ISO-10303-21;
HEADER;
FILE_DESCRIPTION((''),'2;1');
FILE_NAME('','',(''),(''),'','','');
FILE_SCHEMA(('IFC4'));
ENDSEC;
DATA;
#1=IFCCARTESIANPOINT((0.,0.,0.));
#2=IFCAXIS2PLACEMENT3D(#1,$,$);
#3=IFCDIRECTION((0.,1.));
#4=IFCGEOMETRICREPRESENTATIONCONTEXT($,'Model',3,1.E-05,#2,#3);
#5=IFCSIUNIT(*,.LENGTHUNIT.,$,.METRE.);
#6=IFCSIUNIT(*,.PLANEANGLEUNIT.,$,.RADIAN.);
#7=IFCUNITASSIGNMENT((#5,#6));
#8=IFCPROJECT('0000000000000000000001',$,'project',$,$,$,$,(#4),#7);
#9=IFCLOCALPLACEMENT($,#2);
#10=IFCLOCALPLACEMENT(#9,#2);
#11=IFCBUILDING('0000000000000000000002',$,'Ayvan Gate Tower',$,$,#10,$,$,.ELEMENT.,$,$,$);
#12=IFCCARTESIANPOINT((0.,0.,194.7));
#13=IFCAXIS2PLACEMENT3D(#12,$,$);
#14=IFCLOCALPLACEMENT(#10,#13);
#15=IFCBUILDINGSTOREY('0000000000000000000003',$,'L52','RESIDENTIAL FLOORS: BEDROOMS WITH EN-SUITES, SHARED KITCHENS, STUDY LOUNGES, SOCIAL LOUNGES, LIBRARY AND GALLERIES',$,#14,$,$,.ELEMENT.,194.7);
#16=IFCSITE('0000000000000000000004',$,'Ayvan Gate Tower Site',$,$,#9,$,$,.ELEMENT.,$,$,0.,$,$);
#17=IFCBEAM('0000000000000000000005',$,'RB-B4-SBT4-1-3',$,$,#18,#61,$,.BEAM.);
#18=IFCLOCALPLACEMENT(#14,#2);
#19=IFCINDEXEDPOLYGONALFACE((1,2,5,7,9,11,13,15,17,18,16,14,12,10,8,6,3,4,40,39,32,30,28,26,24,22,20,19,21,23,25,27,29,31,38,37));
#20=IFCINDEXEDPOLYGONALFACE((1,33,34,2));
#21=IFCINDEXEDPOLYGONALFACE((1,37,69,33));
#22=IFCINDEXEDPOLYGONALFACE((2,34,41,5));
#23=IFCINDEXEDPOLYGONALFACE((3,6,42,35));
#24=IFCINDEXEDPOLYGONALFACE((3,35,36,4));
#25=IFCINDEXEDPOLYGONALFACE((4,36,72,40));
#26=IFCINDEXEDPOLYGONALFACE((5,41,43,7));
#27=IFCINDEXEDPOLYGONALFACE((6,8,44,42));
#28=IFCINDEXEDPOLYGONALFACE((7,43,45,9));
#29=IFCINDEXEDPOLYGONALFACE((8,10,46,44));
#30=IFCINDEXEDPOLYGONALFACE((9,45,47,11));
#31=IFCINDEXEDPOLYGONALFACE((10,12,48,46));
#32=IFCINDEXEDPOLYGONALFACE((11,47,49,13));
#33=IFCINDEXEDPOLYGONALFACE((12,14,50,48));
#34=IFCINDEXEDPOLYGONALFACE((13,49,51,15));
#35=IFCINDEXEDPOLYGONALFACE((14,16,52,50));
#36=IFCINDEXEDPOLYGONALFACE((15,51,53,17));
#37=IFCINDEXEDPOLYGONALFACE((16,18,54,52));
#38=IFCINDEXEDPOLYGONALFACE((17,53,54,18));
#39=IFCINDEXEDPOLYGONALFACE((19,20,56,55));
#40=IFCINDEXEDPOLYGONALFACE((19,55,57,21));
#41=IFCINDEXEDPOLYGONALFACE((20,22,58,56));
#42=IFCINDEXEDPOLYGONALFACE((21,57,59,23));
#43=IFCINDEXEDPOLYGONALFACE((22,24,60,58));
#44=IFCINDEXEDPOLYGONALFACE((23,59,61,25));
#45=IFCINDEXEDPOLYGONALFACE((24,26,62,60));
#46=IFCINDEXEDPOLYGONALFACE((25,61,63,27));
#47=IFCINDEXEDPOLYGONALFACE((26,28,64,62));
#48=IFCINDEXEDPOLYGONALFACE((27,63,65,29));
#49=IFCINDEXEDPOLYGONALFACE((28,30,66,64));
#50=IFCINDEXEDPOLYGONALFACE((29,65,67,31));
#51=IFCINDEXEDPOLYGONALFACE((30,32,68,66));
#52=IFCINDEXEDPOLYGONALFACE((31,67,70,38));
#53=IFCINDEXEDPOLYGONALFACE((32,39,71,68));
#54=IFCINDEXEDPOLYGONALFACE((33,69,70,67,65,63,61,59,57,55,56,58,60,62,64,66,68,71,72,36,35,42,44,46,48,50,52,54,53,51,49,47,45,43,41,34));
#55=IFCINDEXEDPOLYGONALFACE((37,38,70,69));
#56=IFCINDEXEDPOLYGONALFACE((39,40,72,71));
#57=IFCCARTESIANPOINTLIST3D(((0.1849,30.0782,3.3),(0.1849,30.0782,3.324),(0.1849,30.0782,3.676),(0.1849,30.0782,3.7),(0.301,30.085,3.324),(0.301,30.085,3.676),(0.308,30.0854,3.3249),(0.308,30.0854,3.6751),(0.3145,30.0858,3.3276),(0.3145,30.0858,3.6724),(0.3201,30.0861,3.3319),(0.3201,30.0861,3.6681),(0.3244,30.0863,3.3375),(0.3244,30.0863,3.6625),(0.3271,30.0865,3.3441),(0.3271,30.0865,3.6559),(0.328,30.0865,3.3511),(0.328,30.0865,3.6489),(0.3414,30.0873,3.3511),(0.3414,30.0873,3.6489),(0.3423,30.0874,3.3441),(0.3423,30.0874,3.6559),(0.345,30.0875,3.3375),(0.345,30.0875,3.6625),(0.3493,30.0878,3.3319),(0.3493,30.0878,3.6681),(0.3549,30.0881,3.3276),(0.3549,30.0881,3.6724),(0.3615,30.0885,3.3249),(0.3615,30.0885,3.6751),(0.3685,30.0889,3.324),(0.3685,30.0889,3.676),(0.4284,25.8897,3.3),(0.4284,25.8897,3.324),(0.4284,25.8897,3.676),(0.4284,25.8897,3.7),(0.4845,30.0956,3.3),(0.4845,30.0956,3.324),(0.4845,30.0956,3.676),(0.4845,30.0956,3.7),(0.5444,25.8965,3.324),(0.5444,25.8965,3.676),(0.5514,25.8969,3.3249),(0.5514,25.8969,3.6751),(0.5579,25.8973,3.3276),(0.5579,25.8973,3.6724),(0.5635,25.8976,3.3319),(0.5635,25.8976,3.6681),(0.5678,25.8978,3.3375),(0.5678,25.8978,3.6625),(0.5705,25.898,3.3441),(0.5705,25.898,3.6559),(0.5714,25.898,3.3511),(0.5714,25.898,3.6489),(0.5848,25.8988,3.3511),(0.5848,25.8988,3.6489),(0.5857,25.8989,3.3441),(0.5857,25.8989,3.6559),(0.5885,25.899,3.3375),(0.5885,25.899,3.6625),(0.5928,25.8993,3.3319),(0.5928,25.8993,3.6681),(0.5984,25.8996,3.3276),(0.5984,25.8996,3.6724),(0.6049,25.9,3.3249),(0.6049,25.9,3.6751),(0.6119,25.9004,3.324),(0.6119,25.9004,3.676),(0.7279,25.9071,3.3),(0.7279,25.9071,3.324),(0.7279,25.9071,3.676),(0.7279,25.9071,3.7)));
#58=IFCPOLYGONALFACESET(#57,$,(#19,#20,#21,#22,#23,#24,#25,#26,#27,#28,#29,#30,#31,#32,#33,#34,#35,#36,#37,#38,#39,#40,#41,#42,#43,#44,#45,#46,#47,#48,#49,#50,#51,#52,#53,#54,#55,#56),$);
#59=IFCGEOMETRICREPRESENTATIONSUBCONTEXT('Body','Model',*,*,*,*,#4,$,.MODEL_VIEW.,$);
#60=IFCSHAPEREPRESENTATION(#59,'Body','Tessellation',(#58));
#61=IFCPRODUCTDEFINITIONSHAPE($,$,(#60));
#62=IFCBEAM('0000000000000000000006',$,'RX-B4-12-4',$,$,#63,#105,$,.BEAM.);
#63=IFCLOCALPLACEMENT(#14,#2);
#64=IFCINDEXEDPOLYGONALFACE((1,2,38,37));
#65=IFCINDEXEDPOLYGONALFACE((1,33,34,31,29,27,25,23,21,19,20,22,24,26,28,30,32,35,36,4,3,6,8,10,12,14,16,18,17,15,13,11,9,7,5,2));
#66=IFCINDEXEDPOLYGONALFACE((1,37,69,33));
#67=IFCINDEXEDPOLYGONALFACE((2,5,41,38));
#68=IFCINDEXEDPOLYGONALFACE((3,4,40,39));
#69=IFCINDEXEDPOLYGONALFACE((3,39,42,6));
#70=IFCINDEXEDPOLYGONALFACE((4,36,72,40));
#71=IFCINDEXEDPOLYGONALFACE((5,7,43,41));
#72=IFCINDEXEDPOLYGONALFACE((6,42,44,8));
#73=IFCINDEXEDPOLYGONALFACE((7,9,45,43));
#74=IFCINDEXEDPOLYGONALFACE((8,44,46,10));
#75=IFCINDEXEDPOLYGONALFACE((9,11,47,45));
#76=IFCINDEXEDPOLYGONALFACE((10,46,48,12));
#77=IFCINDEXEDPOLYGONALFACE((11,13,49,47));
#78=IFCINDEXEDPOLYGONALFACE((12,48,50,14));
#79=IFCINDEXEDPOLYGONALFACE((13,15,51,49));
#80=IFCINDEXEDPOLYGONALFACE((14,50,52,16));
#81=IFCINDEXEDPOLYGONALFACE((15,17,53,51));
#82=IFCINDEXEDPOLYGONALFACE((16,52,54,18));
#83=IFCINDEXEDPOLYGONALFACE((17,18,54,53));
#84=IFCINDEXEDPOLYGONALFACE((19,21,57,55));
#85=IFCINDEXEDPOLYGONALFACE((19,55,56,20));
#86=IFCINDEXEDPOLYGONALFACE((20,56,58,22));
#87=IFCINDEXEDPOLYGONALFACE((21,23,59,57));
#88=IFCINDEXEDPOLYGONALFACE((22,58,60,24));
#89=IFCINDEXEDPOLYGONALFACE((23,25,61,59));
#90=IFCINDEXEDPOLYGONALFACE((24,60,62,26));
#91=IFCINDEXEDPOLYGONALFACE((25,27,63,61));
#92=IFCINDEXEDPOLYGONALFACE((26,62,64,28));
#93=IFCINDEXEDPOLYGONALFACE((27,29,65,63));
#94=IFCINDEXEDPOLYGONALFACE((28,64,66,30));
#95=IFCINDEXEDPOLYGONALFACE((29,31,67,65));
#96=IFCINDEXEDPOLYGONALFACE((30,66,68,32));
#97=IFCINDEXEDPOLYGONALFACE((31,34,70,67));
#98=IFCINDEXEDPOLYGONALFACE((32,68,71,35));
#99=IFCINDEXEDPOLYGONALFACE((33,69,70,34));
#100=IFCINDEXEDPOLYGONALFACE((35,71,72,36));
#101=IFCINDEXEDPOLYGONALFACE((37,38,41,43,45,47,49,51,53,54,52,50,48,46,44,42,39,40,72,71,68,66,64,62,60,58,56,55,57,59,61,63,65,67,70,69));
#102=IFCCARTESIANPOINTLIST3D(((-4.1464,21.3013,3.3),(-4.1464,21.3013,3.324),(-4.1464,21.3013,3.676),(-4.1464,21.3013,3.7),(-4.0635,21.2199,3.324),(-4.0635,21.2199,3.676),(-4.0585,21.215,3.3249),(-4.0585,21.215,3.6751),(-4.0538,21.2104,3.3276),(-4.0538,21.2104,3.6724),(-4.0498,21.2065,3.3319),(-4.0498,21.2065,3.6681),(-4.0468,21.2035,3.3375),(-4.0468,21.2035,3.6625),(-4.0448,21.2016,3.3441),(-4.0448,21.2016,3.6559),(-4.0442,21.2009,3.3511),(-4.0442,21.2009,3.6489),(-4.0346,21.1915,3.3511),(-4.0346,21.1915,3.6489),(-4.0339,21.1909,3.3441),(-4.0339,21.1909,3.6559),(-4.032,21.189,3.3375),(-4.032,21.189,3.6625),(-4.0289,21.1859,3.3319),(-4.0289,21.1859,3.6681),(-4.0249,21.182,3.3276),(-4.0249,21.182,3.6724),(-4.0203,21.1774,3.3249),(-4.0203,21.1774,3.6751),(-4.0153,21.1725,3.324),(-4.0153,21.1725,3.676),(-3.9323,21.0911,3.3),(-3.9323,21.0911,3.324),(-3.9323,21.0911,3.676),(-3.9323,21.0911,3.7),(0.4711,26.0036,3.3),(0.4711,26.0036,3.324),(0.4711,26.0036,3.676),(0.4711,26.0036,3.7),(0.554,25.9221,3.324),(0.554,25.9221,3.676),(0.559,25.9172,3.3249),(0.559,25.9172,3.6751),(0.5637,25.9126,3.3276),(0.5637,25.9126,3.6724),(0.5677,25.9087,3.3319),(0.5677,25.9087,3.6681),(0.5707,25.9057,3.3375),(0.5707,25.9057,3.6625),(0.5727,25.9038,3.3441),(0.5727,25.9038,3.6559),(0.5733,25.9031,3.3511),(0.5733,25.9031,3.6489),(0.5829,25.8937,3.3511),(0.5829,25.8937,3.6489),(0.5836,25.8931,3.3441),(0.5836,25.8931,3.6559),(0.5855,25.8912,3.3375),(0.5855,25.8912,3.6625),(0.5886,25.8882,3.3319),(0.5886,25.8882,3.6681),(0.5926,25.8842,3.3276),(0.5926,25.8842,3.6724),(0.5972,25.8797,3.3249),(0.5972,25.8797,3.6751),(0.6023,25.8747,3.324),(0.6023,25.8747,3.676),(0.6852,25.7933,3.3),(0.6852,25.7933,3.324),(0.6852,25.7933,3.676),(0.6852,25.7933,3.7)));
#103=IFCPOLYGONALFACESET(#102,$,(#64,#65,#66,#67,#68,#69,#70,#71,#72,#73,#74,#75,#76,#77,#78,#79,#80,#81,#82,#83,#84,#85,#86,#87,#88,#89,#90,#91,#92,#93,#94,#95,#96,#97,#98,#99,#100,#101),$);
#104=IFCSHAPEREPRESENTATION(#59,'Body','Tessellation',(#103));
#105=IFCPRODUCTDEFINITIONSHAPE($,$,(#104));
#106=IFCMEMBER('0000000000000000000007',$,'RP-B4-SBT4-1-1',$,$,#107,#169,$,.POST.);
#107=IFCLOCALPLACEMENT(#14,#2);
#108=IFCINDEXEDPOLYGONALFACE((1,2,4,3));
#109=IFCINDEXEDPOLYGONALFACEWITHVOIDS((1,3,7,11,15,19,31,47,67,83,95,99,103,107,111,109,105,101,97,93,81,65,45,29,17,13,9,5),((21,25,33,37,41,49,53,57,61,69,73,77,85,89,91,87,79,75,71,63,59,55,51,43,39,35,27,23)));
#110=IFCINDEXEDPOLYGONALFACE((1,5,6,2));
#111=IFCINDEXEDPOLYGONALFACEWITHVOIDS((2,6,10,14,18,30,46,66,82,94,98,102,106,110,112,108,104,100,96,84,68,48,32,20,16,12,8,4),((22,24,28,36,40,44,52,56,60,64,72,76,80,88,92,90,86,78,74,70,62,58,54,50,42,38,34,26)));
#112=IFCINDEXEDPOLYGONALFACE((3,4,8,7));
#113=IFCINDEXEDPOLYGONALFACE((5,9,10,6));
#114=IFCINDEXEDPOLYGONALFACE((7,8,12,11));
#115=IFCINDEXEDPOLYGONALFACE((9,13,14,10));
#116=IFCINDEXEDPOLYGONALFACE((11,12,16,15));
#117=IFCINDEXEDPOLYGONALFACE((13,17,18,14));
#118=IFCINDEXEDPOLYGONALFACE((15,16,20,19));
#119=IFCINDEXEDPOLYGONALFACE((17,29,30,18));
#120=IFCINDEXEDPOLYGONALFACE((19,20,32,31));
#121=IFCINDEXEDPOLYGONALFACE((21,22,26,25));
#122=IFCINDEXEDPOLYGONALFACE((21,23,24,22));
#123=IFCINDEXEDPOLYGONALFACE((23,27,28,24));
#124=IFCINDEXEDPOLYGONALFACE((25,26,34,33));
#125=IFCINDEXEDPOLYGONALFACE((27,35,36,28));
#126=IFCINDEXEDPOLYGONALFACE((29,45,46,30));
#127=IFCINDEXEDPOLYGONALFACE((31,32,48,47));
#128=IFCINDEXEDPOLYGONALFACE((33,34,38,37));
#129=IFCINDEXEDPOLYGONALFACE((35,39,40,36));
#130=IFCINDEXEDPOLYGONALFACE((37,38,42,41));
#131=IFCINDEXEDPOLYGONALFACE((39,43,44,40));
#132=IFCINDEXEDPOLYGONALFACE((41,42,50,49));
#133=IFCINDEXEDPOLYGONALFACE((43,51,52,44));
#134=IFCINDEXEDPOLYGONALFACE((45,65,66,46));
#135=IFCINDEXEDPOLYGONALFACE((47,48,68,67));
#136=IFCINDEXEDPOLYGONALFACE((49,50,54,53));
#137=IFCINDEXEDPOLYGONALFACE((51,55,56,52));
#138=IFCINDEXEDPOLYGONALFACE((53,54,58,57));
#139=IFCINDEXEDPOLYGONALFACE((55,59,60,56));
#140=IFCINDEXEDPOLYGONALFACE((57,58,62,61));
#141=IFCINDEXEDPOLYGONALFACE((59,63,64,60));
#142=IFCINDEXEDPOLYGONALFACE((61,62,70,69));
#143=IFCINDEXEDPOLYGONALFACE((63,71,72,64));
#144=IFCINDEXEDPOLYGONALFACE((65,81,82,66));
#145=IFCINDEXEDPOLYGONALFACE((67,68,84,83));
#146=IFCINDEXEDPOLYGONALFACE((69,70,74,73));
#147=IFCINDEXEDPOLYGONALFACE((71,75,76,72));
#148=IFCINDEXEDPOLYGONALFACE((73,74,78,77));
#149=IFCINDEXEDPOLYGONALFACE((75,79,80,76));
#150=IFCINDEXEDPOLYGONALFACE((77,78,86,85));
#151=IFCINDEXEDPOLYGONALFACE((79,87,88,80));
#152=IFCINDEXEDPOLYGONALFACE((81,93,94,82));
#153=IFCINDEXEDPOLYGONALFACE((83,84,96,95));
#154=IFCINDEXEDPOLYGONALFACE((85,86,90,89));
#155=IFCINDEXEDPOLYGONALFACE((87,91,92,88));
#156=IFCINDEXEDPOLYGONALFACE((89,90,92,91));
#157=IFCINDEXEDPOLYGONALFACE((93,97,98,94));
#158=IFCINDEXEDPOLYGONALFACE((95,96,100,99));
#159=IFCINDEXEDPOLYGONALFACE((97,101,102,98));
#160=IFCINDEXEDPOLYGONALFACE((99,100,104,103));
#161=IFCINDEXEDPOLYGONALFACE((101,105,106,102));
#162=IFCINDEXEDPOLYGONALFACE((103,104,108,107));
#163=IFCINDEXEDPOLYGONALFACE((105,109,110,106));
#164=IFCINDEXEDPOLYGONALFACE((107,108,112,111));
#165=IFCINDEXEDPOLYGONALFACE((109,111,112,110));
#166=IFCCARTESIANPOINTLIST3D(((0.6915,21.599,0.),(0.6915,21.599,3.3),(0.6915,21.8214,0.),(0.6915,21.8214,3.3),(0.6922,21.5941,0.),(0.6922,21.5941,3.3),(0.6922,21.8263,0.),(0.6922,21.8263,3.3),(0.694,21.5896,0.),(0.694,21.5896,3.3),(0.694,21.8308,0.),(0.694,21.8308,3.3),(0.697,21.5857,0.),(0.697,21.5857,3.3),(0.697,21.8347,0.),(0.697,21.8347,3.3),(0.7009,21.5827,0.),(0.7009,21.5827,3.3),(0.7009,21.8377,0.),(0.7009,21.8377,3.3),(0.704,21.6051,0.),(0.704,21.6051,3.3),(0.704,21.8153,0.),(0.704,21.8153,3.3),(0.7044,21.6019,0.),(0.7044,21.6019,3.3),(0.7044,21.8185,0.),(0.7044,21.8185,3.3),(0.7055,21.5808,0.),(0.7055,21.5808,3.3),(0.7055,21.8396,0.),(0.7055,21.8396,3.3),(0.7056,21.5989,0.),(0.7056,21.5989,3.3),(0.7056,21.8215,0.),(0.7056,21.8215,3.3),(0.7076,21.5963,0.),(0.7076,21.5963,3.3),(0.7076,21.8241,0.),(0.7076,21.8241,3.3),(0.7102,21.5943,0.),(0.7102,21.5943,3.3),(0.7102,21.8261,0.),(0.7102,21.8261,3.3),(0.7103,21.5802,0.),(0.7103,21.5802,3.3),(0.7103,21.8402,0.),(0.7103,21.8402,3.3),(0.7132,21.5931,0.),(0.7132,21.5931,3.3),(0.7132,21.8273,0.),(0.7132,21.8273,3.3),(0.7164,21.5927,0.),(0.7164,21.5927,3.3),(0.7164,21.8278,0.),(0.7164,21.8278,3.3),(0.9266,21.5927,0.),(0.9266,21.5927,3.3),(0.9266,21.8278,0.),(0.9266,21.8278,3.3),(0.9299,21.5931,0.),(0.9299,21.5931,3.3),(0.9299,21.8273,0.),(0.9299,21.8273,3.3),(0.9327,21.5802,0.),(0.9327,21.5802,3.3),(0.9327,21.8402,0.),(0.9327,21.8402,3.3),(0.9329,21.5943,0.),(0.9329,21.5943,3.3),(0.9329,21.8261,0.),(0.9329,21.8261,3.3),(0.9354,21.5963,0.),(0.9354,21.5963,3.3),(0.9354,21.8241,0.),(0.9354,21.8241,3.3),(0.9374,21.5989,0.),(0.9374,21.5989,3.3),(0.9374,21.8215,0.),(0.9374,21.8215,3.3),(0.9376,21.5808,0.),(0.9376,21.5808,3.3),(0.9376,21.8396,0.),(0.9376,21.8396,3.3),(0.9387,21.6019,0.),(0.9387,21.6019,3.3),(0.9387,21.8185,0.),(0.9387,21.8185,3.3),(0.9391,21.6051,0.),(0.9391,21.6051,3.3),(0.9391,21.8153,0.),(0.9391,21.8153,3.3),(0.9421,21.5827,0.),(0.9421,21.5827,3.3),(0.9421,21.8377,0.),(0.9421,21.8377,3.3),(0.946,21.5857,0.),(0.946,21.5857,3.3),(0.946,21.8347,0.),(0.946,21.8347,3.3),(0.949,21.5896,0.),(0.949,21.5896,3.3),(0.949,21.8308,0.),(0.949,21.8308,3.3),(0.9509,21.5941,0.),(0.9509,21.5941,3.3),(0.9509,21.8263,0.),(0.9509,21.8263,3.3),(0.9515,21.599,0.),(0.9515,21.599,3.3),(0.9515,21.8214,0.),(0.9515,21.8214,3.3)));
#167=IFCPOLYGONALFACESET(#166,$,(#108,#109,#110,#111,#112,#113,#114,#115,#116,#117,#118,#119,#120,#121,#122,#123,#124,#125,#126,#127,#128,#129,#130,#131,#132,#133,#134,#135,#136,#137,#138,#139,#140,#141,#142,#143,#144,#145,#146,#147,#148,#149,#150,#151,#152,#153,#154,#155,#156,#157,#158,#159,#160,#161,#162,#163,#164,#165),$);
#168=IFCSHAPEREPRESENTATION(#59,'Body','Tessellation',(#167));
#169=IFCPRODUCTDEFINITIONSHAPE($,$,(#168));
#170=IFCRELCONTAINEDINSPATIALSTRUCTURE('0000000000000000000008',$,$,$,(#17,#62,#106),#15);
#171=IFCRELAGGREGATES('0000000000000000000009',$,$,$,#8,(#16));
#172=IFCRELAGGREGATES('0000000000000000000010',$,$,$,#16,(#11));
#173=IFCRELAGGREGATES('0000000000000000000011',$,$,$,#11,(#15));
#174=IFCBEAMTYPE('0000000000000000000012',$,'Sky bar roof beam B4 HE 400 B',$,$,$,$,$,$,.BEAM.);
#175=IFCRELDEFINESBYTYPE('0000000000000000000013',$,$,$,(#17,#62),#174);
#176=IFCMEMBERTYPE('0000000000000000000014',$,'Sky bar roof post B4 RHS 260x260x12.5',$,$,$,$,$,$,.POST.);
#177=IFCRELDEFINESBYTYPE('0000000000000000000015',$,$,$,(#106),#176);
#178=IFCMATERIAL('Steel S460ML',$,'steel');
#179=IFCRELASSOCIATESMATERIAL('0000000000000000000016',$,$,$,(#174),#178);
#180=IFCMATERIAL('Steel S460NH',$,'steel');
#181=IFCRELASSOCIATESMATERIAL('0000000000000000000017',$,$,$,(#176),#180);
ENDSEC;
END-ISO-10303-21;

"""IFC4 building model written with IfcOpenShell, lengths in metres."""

from ifc_helpers import new_model, si_unit, direction, frame, origin, origin_2d, place, context, subcontext, project, spatial, hollow_rectangle, i_section, extrude, material, material_profile, profile_set, type_object, element, save


model = new_model("IFC4")

# Units and contexts
model_context = context("Model", 3, precision=1e-05, world=origin(), true_north=direction((0.0, 1.0)))
body_context = subcontext(model_context, "Body", "Model", "MODEL_VIEW")
ifc_project = project(units=[si_unit("LENGTHUNIT", "METRE"), si_unit("PLANEANGLEUNIT", "RADIAN")], contexts=[model_context])

# Site, building, storey
site_placement = place(None, origin())
site = spatial("IfcSite", under=ifc_project, at=site_placement, Name="Ayvan Gate Tower Site", CompositionType="ELEMENT", RefElevation=0.0)
building_placement = place(site_placement, origin())
building = spatial("IfcBuilding", under=site, at=building_placement, Name="Ayvan Gate Tower", CompositionType="ELEMENT")
storey_placement = place(building_placement, frame((0.0, 0.0, 194.7)))
storey = spatial("IfcBuildingStorey", under=building, at=storey_placement, Name="L52", Description="RESIDENTIAL FLOORS: BEDROOMS WITH EN-SUITES, SHARED KITCHENS, STUDY LOUNGES, SOCIAL LOUNGES, LIBRARY AND GALLERIES", CompositionType="ELEMENT", Elevation=194.7)

# Beams
ifc_material_1 = material(Name="Steel S460ML", Category="steel")
ifc_material_profile_1 = material_profile(ifc_material_1, i_section(OverallWidth=0.3, OverallDepth=0.3999, WebThickness=0.0134, FlangeThickness=0.0239, FilletRadius=0.0271, at=origin_2d()), Name="HE 400 B")
ifc_profile_set_1 = profile_set([ifc_material_profile_1], Name="Steel S460ML")
beam_type_1 = type_object("IfcBeamType", Name="Sky bar roof beam B4 HE 400 B", PredefinedType="BEAM", material=ifc_profile_set_1)
beam_1_placement = place(storey_placement, frame((0.5781, 25.8984, 3.5), z_axis=(-0.058016, 0.998316, 0.0), x_axis=(-0.998316, -0.058016, 0.0)))
element("IfcBeam", 1, at=beam_1_placement, inside=storey, type_object=beam_type_1, Name="RB-B4-SBT4-1-3", PredefinedType="BEAM", context=body_context, shape_type="SweptSolid", body=[
    extrude(i_section(OverallWidth=0.3, OverallDepth=0.3999, WebThickness=0.0134, FlangeThickness=0.0239, FilletRadius=0.0271, at=origin_2d()), origin(), (0.0, 0.0, 1.0), 4.1956),
])
beam_2_placement = place(storey_placement, frame((0.5781, 25.8984, 3.5), z_axis=(-0.70065, -0.713505, 0.0), x_axis=(0.713505, -0.70065, 0.0)))
element("IfcBeam", 2, at=beam_2_placement, inside=storey, type_object=beam_type_1, Name="RX-B4-12-4", PredefinedType="BEAM", context=body_context, shape_type="SweptSolid", body=[
    extrude(i_section(OverallWidth=0.3, OverallDepth=0.3999, WebThickness=0.0134, FlangeThickness=0.0239, FilletRadius=0.0271, at=origin_2d()), origin(), (0.0, 0.0, 1.0), 6.5903),
])

# Member
ifc_material_2 = material(Name="Steel S460NH", Category="steel")
ifc_material_profile_2 = material_profile(ifc_material_2, hollow_rectangle(XDim=0.26, YDim=0.26, WallThickness=0.0125, InnerFilletRadius=0.0125, OuterFilletRadius=0.0188, at=origin_2d()), Name="RHS 260x260x12.5")
ifc_profile_set_2 = profile_set([ifc_material_profile_2], Name="Steel S460NH")
member_type_1 = type_object("IfcMemberType", Name="Sky bar roof post B4 RHS 260x260x12.5", PredefinedType="POST", material=ifc_profile_set_2)
for number, where, z_axis, x_axis, name in (
    (3, (0.8215, 21.7102, 0.0), (0.0, 0.0, 1.0), (1.0, 0.0, 0.0), "RP-B4-SBT4-1-1"),
):
    element("IfcMember", number, at=place(storey_placement, frame(where, z_axis=z_axis, x_axis=x_axis)), inside=storey, type_object=member_type_1, Name=name, PredefinedType="POST", context=body_context, shape_type="SweptSolid", body=[
        extrude(hollow_rectangle(XDim=0.26, YDim=0.26, WallThickness=0.0125, InnerFilletRadius=0.0125, OuterFilletRadius=0.0188, at=origin_2d()), origin(), (0.0, 0.0, 1.0), 3.3),
    ])

save(model, "model.ifc")
